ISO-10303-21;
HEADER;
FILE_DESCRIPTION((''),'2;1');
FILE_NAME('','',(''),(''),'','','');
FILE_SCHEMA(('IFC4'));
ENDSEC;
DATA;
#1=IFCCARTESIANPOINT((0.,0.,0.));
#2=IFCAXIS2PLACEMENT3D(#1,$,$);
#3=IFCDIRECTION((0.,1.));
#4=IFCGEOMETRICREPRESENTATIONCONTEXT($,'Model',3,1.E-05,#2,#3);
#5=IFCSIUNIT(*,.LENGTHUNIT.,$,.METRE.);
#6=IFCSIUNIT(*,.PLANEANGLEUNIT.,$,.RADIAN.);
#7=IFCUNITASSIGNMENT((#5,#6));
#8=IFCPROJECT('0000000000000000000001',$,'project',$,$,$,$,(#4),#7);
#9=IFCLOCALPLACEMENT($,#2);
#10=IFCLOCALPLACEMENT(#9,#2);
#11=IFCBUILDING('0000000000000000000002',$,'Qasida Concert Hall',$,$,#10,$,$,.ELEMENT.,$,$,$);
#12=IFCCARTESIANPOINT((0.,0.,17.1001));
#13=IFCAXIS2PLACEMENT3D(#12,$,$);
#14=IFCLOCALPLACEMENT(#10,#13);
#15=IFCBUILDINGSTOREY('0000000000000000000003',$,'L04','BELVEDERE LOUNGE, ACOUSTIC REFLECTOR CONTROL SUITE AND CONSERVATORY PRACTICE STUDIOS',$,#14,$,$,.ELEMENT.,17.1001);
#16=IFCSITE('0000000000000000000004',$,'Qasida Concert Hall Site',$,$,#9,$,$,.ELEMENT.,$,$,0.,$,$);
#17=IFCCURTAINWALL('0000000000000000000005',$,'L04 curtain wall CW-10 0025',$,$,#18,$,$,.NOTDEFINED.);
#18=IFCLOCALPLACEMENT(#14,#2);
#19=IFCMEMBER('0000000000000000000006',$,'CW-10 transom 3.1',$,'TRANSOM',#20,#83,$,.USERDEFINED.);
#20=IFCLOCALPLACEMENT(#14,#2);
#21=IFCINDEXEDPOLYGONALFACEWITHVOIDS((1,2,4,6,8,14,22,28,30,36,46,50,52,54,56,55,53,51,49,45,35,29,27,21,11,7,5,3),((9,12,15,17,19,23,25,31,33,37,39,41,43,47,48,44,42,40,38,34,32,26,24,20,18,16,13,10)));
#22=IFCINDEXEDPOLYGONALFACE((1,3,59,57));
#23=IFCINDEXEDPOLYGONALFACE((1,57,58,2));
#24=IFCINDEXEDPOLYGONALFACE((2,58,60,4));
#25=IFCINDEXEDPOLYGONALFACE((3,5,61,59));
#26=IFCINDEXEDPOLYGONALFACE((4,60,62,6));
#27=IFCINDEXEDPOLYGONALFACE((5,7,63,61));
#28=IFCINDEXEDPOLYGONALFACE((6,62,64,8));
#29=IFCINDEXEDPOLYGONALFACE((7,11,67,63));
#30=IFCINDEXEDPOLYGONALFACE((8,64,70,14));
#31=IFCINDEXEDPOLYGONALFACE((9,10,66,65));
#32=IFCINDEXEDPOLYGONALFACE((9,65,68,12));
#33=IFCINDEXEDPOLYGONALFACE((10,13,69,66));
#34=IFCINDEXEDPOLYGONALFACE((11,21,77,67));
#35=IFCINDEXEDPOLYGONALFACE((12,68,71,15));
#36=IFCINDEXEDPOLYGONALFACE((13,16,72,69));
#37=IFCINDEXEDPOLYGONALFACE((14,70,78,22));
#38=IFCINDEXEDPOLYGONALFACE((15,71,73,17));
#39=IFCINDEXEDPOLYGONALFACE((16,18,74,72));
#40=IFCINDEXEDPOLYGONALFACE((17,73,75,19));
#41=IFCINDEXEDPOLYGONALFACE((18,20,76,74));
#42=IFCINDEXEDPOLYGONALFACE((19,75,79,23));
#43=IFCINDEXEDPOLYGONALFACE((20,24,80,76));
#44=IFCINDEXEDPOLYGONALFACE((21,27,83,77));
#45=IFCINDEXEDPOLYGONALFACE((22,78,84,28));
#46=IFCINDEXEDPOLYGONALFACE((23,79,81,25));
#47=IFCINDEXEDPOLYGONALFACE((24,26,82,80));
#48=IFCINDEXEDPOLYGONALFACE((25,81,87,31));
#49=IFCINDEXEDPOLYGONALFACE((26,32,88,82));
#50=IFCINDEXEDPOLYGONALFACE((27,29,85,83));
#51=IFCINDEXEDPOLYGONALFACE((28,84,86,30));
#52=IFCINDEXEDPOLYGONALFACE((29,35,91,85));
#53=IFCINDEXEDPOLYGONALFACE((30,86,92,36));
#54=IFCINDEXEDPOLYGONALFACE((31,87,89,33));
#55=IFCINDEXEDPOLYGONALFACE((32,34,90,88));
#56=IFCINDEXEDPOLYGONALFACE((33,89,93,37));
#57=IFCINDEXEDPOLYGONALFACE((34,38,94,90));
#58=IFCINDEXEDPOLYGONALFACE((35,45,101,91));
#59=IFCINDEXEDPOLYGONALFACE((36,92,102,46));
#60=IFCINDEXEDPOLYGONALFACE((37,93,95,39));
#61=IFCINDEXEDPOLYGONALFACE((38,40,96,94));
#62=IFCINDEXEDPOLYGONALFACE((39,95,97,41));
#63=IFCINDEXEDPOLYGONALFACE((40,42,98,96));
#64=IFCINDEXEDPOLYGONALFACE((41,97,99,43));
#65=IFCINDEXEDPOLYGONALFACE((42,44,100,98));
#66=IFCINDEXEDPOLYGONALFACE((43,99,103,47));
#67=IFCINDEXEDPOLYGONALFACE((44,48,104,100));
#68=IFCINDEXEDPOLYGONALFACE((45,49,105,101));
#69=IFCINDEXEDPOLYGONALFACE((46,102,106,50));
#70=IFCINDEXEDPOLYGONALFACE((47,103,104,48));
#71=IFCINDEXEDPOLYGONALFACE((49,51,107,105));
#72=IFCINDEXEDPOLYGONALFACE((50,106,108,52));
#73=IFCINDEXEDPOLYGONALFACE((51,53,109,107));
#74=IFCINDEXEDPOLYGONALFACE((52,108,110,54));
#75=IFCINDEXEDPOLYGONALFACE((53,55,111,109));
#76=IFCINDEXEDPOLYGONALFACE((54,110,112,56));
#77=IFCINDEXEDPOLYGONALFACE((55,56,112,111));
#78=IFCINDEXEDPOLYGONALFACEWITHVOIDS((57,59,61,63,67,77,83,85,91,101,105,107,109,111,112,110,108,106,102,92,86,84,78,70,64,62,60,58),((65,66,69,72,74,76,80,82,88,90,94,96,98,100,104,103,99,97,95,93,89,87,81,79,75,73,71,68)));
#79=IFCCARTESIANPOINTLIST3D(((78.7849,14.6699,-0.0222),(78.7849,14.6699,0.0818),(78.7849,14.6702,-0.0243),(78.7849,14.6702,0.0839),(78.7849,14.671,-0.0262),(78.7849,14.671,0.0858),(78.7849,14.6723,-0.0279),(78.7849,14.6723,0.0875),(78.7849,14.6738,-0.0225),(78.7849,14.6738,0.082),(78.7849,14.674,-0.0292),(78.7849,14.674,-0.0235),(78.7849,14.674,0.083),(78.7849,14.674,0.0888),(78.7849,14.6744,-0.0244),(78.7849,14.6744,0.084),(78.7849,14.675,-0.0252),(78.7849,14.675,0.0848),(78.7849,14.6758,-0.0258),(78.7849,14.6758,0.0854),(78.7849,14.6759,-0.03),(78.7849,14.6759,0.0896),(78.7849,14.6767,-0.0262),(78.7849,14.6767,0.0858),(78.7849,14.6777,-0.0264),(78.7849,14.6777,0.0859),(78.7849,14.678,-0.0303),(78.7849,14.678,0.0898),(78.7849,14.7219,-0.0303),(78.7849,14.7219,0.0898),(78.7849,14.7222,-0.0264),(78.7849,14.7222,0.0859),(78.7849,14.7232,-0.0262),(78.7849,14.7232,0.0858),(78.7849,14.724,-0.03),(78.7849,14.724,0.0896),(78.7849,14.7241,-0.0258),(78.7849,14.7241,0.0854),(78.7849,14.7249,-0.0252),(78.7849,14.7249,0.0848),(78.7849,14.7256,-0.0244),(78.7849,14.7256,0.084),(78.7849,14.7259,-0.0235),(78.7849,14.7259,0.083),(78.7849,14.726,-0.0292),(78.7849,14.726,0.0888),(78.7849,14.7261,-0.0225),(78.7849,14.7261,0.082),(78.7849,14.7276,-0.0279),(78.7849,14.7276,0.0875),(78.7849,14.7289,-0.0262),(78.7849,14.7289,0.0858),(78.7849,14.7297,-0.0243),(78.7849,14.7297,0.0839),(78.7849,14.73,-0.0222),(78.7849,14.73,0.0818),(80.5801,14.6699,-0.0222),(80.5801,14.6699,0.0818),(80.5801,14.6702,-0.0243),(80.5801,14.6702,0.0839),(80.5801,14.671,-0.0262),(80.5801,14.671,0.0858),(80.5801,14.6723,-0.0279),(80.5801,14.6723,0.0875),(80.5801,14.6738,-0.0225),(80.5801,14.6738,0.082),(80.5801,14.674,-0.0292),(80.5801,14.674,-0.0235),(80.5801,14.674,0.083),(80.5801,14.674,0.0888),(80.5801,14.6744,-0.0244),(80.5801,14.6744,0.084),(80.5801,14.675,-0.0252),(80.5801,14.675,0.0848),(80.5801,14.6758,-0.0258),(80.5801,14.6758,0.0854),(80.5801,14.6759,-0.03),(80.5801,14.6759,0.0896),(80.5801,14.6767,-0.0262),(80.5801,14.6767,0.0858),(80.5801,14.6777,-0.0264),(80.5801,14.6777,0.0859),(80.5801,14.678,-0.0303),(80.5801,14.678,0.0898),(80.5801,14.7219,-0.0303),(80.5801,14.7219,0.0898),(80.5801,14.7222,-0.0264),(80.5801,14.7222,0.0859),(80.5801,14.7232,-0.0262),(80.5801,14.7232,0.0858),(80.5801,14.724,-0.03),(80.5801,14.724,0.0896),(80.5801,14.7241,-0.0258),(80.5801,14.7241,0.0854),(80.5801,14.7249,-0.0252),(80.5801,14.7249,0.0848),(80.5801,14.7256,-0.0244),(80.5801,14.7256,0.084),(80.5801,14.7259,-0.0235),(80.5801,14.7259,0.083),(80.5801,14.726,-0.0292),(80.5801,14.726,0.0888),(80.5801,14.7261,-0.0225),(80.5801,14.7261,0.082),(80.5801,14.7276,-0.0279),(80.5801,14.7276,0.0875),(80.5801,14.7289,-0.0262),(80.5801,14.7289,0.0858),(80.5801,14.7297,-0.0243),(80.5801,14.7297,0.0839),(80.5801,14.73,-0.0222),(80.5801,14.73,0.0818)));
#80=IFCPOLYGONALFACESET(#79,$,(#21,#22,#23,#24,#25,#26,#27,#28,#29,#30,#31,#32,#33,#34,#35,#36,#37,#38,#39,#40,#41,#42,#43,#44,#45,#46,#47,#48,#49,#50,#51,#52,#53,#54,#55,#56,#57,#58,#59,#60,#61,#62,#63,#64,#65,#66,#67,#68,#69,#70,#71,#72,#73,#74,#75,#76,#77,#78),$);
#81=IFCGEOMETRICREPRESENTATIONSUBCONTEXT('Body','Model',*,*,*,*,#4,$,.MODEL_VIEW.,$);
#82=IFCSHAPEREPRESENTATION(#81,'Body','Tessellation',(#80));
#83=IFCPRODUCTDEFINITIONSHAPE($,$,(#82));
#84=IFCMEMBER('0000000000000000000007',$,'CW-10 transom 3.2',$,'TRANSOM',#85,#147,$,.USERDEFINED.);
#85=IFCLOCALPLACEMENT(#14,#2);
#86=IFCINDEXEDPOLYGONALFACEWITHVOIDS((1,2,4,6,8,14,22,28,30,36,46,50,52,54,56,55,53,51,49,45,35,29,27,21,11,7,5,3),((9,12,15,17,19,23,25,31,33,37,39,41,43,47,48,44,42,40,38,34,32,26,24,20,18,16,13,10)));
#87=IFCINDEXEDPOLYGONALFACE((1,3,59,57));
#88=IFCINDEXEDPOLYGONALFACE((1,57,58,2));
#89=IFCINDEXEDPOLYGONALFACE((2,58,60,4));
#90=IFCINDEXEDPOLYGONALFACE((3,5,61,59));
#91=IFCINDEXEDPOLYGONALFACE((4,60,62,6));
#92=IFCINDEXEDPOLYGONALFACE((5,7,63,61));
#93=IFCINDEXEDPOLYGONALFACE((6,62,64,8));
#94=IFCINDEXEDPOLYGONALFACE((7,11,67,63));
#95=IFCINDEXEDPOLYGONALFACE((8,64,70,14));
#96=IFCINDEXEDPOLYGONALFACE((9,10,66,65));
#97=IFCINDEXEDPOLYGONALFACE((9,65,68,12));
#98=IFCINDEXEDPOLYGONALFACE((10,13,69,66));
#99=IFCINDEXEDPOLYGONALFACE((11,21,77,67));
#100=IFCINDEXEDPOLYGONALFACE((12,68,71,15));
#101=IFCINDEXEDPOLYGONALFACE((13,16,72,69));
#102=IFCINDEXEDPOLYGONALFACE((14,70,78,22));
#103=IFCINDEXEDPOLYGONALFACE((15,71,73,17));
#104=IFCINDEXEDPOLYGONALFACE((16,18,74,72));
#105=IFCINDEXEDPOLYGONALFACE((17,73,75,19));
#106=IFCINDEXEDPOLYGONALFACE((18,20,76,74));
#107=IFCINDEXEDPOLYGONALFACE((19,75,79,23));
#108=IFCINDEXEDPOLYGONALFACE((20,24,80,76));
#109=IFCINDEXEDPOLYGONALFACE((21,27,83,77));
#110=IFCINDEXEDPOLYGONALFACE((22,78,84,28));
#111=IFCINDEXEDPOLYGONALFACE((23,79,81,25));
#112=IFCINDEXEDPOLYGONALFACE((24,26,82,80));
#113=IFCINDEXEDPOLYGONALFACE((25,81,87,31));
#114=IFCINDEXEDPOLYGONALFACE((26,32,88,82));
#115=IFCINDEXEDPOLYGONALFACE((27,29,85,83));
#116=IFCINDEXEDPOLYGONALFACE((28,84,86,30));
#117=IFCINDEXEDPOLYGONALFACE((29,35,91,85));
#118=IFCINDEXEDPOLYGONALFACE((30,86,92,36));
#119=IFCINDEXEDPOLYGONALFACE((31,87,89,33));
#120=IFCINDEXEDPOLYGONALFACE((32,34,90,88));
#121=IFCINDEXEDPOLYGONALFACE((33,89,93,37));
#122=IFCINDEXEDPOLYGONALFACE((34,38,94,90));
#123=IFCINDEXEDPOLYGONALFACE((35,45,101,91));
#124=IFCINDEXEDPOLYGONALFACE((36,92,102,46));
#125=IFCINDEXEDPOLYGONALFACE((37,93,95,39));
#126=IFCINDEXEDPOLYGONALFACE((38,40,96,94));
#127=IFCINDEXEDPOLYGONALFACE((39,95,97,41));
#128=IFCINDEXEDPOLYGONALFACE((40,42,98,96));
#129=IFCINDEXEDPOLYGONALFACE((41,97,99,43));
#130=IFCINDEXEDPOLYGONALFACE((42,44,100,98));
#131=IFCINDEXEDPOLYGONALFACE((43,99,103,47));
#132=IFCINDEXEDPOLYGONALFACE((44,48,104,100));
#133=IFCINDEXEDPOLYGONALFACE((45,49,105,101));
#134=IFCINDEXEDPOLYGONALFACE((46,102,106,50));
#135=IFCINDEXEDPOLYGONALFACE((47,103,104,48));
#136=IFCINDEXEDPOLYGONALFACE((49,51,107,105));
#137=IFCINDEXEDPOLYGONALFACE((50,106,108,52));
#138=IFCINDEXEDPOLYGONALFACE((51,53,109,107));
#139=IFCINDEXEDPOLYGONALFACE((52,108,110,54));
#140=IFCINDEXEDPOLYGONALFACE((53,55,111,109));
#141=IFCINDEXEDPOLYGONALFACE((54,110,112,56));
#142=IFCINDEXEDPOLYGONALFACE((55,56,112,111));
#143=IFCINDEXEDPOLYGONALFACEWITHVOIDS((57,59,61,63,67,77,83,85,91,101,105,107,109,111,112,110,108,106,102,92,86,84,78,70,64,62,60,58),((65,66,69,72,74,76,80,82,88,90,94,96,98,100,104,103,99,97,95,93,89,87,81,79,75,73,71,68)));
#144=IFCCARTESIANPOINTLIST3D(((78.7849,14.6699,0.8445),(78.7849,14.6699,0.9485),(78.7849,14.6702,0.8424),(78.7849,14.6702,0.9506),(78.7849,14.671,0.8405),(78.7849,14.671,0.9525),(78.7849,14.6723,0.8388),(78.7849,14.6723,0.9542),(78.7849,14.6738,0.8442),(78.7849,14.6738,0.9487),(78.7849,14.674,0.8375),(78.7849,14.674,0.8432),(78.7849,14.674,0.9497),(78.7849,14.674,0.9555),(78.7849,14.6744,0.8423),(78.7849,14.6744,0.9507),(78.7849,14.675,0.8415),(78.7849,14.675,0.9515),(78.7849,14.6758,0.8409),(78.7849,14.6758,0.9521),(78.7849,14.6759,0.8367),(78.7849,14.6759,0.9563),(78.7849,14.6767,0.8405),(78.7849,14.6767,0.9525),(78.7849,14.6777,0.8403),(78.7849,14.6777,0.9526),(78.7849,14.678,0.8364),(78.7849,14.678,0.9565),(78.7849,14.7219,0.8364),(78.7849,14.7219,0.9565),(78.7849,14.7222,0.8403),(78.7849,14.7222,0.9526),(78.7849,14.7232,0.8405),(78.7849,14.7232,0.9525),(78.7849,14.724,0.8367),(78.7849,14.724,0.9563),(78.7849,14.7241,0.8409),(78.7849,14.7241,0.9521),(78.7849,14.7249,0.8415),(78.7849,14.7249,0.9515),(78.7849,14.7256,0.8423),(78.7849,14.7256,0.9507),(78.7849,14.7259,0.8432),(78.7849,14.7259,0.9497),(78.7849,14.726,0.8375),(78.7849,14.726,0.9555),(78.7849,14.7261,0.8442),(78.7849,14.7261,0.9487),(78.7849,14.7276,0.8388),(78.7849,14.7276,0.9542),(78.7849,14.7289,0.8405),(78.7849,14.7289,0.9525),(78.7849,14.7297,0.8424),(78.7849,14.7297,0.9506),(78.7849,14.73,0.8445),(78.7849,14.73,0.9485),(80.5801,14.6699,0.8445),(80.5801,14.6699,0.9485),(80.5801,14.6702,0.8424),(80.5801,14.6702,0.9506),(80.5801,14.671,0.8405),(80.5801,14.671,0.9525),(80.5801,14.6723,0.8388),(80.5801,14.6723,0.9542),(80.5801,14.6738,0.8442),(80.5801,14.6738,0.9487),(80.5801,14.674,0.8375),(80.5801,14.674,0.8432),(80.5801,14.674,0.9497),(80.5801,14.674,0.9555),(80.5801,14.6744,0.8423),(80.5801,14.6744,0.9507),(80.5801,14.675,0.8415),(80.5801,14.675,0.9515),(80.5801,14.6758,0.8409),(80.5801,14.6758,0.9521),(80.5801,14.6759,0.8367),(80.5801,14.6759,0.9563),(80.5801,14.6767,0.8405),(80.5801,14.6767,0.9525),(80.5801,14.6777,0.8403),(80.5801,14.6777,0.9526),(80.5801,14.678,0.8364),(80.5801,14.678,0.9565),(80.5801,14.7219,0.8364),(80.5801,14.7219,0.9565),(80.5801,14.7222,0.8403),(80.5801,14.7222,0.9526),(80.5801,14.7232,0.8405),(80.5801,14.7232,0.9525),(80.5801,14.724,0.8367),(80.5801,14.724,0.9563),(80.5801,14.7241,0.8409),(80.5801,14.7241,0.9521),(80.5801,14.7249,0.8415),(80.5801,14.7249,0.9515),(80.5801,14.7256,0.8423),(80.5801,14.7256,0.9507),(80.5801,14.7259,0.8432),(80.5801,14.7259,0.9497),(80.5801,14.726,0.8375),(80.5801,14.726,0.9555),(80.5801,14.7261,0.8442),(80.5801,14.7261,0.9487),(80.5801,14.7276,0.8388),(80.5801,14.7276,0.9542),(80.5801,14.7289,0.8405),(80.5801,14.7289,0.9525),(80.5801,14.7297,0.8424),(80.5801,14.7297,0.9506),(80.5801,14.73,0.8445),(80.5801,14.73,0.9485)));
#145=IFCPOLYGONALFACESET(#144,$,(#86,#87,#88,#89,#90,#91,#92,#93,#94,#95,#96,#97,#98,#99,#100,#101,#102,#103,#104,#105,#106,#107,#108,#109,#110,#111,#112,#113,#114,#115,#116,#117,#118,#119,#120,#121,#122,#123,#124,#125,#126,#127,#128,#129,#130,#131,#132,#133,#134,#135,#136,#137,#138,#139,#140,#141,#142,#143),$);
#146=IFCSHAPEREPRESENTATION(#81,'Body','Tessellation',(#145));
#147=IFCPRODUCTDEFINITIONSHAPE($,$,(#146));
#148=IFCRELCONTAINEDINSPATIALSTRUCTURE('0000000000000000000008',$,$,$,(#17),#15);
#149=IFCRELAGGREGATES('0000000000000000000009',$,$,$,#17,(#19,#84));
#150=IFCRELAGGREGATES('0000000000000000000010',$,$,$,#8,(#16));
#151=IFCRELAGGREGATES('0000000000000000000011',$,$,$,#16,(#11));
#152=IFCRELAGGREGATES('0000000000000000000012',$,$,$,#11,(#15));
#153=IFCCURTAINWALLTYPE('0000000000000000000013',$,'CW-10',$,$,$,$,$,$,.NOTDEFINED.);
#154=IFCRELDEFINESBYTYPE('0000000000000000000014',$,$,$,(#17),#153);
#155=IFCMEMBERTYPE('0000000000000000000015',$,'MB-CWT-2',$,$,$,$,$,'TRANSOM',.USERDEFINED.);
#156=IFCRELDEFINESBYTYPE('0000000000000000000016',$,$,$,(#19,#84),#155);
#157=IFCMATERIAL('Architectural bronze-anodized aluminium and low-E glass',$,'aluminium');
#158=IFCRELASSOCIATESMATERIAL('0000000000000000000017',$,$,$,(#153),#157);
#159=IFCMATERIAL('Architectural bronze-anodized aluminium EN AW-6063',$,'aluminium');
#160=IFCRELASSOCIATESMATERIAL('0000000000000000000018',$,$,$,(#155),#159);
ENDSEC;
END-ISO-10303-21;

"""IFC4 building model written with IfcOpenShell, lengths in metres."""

from ifc_helpers import new_model, si_unit, direction, frame, origin, origin_2d, place, context, subcontext, project, spatial, hollow_rectangle, extrude, material, material_profile, profile_set, type_object, element, aggregate, save


model = new_model("IFC4")

# Units and contexts
model_context = context("Model", 3, precision=1e-05, world=origin(), true_north=direction((0.0, 1.0)))
body_context = subcontext(model_context, "Body", "Model", "MODEL_VIEW")
ifc_project = project(units=[si_unit("LENGTHUNIT", "METRE"), si_unit("PLANEANGLEUNIT", "RADIAN")], contexts=[model_context])

# Site, building, storey
site_placement = place(None, origin())
site = spatial("IfcSite", under=ifc_project, at=site_placement, Name="Qasida Concert Hall Site", CompositionType="ELEMENT", RefElevation=0.0)
building_placement = place(site_placement, origin())
building = spatial("IfcBuilding", under=site, at=building_placement, Name="Qasida Concert Hall", CompositionType="ELEMENT")
storey_placement = place(building_placement, frame((0.0, 0.0, 17.1001)))
storey = spatial("IfcBuildingStorey", under=building, at=storey_placement, Name="L04", Description="BELVEDERE LOUNGE, ACOUSTIC REFLECTOR CONTROL SUITE AND CONSERVATORY PRACTICE STUDIOS", CompositionType="ELEMENT", Elevation=17.1001)

# Curtain wall, members
ifc_material_1 = material(Name="Architectural bronze-anodized aluminium and low-E glass", Category="aluminium")
curtain_wall_type = type_object("IfcCurtainWallType", Name="CW-10", PredefinedType="NOTDEFINED", material=ifc_material_1)
curtain_wall_placement = place(storey_placement, origin())
curtain_wall = element("IfcCurtainWall", 1, at=curtain_wall_placement, inside=storey, type_object=curtain_wall_type, Name="L04 curtain wall CW-10 0025", PredefinedType="NOTDEFINED")
ifc_material_2 = material(Name="Architectural bronze-anodized aluminium EN AW-6063", Category="aluminium")
ifc_material_profile_1 = material_profile(ifc_material_2, hollow_rectangle(XDim=0.0601, YDim=0.1201, WallThickness=0.0039, InnerFilletRadius=0.0039, OuterFilletRadius=0.0081, at=origin_2d()), Name="CWT 120x60x4")
ifc_profile_set_1 = profile_set([ifc_material_profile_1], Name="Architectural bronze-anodized aluminium EN AW-6063")
member_type_1 = type_object("IfcMemberType", Name="MB-CWT-2", ElementType="TRANSOM", PredefinedType="USERDEFINED", material=ifc_profile_set_1)
member_1_placement = place(storey_placement, frame((78.7849, 14.7, 0.0298), z_axis=(1.0, 0.0, 0.0), x_axis=(0.0, 1.0, 0.0)))
member_1 = element("IfcMember", 2, at=member_1_placement, type_object=member_type_1, Name="CW-10 transom 3.1", ObjectType="TRANSOM", PredefinedType="USERDEFINED", context=body_context, shape_type="SweptSolid", body=[
    extrude(hollow_rectangle(XDim=0.0601, YDim=0.1201, WallThickness=0.0039, InnerFilletRadius=0.0039, OuterFilletRadius=0.0081, at=origin_2d()), origin(), (0.0, 0.0, 1.0), 1.7952),
])
member_2_placement = place(storey_placement, frame((78.7849, 14.7, 0.8965), z_axis=(1.0, 0.0, 0.0), x_axis=(0.0, 1.0, 0.0)))
member_2 = element("IfcMember", 3, at=member_2_placement, type_object=member_type_1, Name="CW-10 transom 3.2", ObjectType="TRANSOM", PredefinedType="USERDEFINED", context=body_context, shape_type="SweptSolid", body=[
    extrude(hollow_rectangle(XDim=0.0601, YDim=0.1201, WallThickness=0.0039, InnerFilletRadius=0.0039, OuterFilletRadius=0.0081, at=origin_2d()), origin(), (0.0, 0.0, 1.0), 1.7952),
])
aggregate(curtain_wall, [member_1, member_2])

save(model, "model.ifc")
